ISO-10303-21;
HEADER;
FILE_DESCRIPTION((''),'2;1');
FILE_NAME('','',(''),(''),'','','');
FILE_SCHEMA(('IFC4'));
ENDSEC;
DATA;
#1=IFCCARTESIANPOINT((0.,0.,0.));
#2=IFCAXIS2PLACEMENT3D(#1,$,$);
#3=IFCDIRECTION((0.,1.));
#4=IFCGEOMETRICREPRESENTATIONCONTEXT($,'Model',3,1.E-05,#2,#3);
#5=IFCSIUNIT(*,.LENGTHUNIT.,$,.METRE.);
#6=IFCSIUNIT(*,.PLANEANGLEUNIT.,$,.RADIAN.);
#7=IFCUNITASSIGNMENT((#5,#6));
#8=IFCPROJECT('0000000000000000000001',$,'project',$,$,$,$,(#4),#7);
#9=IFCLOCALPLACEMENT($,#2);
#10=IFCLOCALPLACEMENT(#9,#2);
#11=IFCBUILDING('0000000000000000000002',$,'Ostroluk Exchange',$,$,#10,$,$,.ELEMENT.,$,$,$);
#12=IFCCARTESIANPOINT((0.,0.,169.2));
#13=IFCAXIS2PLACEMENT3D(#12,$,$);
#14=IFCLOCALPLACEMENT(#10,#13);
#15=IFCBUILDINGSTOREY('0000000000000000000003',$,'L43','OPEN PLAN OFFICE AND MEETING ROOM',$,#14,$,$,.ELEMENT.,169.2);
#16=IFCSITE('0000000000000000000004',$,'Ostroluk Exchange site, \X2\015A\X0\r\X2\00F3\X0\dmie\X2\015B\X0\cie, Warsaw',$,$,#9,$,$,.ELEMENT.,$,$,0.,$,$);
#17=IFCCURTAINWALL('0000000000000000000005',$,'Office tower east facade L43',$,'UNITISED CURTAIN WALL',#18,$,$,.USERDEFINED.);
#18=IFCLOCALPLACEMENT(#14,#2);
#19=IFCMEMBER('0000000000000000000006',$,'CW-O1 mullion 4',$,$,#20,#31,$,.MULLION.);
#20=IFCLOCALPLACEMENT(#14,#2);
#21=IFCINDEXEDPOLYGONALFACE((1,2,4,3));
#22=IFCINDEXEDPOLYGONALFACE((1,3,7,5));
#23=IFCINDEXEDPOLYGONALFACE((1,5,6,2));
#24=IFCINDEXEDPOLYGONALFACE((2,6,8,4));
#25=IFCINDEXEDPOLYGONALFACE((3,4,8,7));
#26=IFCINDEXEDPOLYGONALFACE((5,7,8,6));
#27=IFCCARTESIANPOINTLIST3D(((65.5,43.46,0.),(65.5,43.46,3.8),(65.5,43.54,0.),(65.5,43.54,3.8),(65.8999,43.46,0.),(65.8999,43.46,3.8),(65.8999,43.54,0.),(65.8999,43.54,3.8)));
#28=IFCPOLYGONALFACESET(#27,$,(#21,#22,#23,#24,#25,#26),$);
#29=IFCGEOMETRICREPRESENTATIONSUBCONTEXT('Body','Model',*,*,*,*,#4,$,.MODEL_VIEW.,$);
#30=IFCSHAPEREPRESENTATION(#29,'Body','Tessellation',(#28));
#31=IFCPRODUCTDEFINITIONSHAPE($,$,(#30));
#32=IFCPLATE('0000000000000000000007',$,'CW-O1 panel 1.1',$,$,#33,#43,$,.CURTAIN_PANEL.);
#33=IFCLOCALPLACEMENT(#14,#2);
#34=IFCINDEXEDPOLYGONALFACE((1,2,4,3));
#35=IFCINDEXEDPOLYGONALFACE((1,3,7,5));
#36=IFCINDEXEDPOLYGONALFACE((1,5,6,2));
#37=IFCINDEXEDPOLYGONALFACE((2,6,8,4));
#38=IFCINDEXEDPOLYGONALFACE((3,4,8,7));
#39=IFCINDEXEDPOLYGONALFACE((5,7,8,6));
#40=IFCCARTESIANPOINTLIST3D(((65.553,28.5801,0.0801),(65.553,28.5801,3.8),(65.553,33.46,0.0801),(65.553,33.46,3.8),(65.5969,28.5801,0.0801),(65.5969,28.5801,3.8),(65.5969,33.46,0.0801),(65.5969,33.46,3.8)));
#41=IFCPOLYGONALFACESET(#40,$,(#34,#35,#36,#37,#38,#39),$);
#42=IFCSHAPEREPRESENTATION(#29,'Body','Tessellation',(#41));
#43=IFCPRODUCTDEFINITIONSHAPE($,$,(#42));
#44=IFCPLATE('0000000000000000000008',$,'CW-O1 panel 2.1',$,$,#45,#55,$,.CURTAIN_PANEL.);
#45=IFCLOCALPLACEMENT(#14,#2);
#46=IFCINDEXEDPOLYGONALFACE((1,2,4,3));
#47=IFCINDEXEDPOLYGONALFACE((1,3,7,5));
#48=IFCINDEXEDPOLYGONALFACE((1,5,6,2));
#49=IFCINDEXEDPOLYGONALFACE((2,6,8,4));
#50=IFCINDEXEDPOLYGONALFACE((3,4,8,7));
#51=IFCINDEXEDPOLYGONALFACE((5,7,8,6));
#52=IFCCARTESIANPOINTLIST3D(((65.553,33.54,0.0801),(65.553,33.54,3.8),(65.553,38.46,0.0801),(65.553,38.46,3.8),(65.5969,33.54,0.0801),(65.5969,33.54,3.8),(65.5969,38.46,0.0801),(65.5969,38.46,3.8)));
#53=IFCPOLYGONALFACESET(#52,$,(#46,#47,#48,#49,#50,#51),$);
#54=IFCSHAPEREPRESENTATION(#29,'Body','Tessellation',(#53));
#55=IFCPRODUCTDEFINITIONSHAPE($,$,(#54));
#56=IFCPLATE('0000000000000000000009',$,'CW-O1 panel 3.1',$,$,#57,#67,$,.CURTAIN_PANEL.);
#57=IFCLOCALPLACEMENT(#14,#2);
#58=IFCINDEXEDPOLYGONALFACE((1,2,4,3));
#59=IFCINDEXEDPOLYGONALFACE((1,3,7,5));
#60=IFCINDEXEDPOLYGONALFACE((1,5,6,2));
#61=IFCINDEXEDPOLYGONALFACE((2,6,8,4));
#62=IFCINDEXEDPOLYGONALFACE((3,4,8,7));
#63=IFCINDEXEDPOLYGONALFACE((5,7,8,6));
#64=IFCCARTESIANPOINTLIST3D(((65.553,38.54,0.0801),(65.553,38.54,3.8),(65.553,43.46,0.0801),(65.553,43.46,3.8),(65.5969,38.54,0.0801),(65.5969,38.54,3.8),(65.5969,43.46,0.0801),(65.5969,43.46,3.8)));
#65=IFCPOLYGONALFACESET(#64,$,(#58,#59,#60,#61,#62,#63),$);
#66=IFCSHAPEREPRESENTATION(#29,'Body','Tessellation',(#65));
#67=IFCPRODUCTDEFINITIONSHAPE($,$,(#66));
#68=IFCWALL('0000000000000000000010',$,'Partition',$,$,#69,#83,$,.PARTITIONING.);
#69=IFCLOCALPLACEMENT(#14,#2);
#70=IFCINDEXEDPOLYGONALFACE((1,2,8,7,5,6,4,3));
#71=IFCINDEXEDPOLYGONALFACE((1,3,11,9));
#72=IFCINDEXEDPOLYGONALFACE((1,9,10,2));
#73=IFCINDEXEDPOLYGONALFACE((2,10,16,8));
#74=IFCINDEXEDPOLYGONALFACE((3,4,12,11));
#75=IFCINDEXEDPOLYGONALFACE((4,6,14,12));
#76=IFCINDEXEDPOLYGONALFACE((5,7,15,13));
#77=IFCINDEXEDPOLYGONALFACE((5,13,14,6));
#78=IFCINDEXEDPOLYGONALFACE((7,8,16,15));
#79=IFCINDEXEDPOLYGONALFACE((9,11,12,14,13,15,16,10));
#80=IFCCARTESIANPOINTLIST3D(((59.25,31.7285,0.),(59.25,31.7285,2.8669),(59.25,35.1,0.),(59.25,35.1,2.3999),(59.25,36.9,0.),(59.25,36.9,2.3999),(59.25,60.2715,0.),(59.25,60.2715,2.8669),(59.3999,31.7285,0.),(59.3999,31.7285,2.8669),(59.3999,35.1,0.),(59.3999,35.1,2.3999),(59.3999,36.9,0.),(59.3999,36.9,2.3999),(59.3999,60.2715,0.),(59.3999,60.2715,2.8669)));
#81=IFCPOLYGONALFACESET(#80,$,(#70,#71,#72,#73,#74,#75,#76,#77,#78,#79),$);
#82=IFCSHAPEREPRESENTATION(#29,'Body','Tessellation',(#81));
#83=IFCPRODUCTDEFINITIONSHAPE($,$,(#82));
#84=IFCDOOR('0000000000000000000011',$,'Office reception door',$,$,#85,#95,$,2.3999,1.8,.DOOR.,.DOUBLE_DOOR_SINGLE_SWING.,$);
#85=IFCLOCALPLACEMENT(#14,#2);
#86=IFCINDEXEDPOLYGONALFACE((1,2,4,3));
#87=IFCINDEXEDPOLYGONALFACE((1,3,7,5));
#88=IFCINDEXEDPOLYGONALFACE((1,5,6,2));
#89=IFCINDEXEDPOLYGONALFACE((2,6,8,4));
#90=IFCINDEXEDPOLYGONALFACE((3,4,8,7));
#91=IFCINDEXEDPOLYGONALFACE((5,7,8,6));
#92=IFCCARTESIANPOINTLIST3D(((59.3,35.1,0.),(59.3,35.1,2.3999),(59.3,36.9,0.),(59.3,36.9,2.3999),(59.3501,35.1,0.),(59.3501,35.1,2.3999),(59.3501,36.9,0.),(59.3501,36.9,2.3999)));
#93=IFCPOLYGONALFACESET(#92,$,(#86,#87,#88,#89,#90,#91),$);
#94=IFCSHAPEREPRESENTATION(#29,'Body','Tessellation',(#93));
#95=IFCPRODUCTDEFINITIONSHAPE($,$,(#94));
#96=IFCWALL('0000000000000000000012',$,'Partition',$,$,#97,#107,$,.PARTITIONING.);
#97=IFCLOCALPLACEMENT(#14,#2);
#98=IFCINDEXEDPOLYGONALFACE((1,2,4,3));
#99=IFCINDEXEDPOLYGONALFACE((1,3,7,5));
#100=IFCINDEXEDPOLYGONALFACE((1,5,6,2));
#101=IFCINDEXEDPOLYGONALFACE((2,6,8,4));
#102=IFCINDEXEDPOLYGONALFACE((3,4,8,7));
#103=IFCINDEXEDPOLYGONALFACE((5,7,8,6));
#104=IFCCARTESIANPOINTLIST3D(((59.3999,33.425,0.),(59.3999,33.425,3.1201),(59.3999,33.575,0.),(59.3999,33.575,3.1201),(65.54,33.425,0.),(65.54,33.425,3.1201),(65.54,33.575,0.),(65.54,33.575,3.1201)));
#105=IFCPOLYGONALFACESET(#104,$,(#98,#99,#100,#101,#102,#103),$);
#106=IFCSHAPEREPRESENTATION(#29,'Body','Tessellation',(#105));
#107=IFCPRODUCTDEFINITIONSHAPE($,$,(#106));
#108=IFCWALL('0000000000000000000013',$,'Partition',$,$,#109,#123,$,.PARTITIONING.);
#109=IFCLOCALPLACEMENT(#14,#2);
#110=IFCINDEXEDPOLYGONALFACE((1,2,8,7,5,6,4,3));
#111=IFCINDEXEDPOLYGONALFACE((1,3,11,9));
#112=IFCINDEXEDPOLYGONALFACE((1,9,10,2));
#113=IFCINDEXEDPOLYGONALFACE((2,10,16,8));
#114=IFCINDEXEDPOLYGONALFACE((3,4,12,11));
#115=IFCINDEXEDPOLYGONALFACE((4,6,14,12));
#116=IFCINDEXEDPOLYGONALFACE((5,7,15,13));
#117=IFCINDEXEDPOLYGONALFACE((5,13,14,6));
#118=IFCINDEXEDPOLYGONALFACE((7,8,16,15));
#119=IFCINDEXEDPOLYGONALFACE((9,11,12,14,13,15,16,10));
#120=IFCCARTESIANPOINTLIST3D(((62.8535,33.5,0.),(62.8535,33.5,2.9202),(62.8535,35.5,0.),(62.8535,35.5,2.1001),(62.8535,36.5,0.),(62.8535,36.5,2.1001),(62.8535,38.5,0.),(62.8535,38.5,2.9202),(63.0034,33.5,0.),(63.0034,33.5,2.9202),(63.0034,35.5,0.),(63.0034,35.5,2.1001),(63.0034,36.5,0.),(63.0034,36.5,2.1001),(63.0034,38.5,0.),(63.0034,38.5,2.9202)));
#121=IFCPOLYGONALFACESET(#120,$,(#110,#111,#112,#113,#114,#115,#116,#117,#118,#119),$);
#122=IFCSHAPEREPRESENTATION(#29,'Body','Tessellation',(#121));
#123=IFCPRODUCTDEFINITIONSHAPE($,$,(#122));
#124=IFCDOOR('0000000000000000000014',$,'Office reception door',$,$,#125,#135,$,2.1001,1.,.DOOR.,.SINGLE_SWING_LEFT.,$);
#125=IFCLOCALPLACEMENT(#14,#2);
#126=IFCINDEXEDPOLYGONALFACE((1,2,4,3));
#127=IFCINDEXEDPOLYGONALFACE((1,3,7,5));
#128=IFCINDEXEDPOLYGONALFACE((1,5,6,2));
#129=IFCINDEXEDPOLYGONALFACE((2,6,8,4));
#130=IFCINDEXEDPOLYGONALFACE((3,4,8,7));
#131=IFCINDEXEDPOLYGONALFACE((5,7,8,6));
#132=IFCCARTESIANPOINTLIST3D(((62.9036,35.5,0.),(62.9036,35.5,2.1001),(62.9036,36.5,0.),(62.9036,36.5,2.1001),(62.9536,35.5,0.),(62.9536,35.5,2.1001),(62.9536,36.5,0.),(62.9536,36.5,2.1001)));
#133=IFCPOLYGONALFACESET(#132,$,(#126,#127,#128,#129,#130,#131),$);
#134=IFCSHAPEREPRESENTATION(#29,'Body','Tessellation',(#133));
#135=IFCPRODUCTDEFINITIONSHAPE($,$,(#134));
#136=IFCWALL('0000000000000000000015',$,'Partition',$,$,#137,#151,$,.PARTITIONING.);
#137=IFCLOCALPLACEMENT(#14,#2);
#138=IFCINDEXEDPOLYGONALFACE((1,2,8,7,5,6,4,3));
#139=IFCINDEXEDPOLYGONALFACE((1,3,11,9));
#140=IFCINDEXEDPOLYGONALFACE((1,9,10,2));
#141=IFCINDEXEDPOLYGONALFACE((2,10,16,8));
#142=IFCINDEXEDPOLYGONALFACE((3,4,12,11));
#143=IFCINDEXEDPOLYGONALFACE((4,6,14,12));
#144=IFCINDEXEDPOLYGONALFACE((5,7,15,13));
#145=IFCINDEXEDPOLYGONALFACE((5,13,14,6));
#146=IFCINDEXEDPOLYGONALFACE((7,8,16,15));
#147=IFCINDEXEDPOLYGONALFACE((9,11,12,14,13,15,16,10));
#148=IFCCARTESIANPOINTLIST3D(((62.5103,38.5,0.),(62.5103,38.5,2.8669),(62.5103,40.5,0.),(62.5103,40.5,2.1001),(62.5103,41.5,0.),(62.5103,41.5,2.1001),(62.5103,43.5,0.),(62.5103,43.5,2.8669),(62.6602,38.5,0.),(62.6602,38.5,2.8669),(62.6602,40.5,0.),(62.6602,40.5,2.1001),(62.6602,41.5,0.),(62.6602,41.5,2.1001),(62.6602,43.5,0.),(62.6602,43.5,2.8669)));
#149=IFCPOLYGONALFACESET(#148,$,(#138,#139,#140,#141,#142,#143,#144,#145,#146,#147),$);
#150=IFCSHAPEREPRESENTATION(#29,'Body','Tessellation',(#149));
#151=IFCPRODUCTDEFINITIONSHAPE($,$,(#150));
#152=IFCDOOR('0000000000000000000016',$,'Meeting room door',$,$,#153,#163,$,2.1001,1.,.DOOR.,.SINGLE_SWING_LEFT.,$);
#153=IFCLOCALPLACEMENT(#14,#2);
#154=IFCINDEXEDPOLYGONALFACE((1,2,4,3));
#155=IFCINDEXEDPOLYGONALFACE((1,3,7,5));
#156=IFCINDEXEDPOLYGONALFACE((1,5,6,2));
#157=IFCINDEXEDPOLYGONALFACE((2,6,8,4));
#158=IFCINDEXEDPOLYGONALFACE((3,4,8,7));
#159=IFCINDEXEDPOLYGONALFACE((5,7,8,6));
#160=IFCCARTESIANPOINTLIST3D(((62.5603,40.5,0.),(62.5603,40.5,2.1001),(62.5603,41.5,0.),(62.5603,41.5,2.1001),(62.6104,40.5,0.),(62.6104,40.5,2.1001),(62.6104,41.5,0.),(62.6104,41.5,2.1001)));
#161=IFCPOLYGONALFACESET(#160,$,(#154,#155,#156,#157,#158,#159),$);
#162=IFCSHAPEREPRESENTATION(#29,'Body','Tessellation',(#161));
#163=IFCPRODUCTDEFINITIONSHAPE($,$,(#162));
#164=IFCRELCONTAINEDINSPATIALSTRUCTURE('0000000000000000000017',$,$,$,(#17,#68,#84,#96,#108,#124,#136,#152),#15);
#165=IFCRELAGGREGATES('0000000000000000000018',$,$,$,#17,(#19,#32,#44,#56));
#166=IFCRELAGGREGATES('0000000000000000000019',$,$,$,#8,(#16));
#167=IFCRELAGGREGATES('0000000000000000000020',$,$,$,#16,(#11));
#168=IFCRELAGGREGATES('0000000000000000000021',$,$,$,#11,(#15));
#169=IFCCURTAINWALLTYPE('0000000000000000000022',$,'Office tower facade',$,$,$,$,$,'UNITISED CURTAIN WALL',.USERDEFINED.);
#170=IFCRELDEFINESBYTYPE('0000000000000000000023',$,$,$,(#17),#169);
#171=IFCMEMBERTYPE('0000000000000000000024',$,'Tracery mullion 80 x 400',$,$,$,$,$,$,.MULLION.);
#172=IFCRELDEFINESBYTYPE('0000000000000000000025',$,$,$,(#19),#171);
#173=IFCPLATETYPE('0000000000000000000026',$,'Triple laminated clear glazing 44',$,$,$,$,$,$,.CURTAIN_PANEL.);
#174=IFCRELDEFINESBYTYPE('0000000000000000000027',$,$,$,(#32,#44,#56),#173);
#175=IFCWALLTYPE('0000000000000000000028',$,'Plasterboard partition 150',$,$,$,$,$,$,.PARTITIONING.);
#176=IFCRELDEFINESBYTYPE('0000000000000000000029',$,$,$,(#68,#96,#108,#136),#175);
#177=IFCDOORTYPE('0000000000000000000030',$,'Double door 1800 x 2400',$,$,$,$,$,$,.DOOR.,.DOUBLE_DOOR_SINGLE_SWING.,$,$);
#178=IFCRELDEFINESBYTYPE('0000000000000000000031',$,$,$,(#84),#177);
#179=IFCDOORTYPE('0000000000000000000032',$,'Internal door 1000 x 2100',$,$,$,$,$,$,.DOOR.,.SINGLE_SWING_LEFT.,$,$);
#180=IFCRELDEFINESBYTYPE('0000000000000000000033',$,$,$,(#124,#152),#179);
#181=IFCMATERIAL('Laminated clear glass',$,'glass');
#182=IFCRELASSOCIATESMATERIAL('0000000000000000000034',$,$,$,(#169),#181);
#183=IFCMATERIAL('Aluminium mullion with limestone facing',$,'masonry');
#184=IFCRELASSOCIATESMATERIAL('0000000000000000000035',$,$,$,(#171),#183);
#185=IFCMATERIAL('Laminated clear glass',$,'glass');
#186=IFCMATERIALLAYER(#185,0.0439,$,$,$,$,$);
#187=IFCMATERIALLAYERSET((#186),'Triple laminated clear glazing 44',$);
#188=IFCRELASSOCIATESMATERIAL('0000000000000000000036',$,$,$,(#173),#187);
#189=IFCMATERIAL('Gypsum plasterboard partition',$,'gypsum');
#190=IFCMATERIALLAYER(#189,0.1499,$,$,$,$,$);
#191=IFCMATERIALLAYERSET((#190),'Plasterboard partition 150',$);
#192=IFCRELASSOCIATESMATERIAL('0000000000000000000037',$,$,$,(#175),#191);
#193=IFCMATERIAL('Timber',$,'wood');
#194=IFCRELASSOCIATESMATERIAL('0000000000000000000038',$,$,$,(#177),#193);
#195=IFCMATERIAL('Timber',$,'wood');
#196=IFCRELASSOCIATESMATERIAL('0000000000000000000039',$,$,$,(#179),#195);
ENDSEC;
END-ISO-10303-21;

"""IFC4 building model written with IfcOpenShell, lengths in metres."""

from ifc_helpers import new_model, si_unit, direction, frame, frame_2d, origin, origin_2d, place, context, subcontext, project, spatial, rectangle, extrude, material, layer, layer_set, material_profile, profile_set, type_object, element, fill, aggregate, save


model = new_model("IFC4")

# Units and contexts
model_context = context("Model", 3, precision=1e-05, world=origin(), true_north=direction((0.0, 1.0)))
body_context = subcontext(model_context, "Body", "Model", "MODEL_VIEW")
ifc_project = project(units=[si_unit("LENGTHUNIT", "METRE"), si_unit("PLANEANGLEUNIT", "RADIAN")], contexts=[model_context])

# Site, building, storey
site_placement = place(None, origin())
site = spatial("IfcSite", under=ifc_project, at=site_placement, Name="Ostroluk Exchange site, Śródmieście, Warsaw", CompositionType="ELEMENT", RefElevation=0.0)
building_placement = place(site_placement, origin())
building = spatial("IfcBuilding", under=site, at=building_placement, Name="Ostroluk Exchange", CompositionType="ELEMENT")
storey_placement = place(building_placement, frame((0.0, 0.0, 169.2)))
storey = spatial("IfcBuildingStorey", under=building, at=storey_placement, Name="L43", Description="OPEN PLAN OFFICE AND MEETING ROOM", CompositionType="ELEMENT", Elevation=169.2)

# Curtain wall, member, plates
ifc_material_1 = material(Name="Laminated clear glass", Category="glass")
curtain_wall_type = type_object("IfcCurtainWallType", Name="Office tower facade", ElementType="UNITISED CURTAIN WALL", PredefinedType="USERDEFINED", material=ifc_material_1)
curtain_wall_placement = place(storey_placement, origin())
curtain_wall = element("IfcCurtainWall", 1, at=curtain_wall_placement, inside=storey, type_object=curtain_wall_type, Name="Office tower east facade L43", ObjectType="UNITISED CURTAIN WALL", PredefinedType="USERDEFINED")
ifc_material_2 = material(Name="Aluminium mullion with limestone facing", Category="masonry")
ifc_material_profile_1 = material_profile(ifc_material_2, rectangle(XDim=0.3999, YDim=0.0801, at=origin_2d()), Name="Tracery mullion 80 x 400")
ifc_profile_set_1 = profile_set([ifc_material_profile_1], Name="Aluminium mullion with limestone facing")
member_type_1 = type_object("IfcMemberType", Name="Tracery mullion 80 x 400", PredefinedType="MULLION", material=ifc_profile_set_1)
member_1_placement = place(storey_placement, frame((65.7, 43.5, 0.0), z_axis=(0.0, 0.0, 1.0), x_axis=(-1.0, 0.0, 0.0)))
member_1 = element("IfcMember", 2, at=member_1_placement, type_object=member_type_1, Name="CW-O1 mullion 4", PredefinedType="MULLION", context=body_context, shape_type="SweptSolid", body=[
    extrude(rectangle(XDim=0.3999, YDim=0.0801, at=origin_2d()), origin(), (0.0, 0.0, 1.0), 3.8),
])
ifc_material_3 = material(Name="Laminated clear glass", Category="glass")
ifc_layer_1 = layer(ifc_material_3, 0.0439)
ifc_layer_set_1 = layer_set([ifc_layer_1], Name="Triple laminated clear glazing 44")
plate_type = type_object("IfcPlateType", Name="Triple laminated clear glazing 44", PredefinedType="CURTAIN_PANEL", material=ifc_layer_set_1)
plate_1_placement = place(storey_placement, frame((65.575, 31.02, 0.0801), z_axis=(0.0, 0.0, 1.0), x_axis=(0.0, 1.0, 0.0)))
plate_1 = element("IfcPlate", 3, at=plate_1_placement, type_object=plate_type, Name="CW-O1 panel 1.1", PredefinedType="CURTAIN_PANEL", context=body_context, shape_type="SweptSolid", body=[
    extrude(rectangle(XDim=4.8799, YDim=0.0439, at=origin_2d()), origin(), (0.0, 0.0, 1.0), 3.72),
])
plate_2_placement = place(storey_placement, frame((65.575, 36.0, 0.0801), z_axis=(0.0, 0.0, 1.0), x_axis=(0.0, 1.0, 0.0)))
plate_2 = element("IfcPlate", 4, at=plate_2_placement, type_object=plate_type, Name="CW-O1 panel 2.1", PredefinedType="CURTAIN_PANEL", context=body_context, shape_type="SweptSolid", body=[
    extrude(rectangle(XDim=4.9199, YDim=0.0439, at=origin_2d()), origin(), (0.0, 0.0, 1.0), 3.72),
])
plate_3_placement = place(storey_placement, frame((65.575, 41.0, 0.0801), z_axis=(0.0, 0.0, 1.0), x_axis=(0.0, 1.0, 0.0)))
plate_3 = element("IfcPlate", 5, at=plate_3_placement, type_object=plate_type, Name="CW-O1 panel 3.1", PredefinedType="CURTAIN_PANEL", context=body_context, shape_type="SweptSolid", body=[
    extrude(rectangle(XDim=4.9199, YDim=0.0439, at=origin_2d()), origin(), (0.0, 0.0, 1.0), 3.72),
])
aggregate(curtain_wall, [member_1, plate_1, plate_2, plate_3])

# Wall, opening, door
ifc_material_4 = material(Name="Gypsum plasterboard partition", Category="gypsum")
ifc_layer_2 = layer(ifc_material_4, 0.1499)
ifc_layer_set_2 = layer_set([ifc_layer_2], Name="Plasterboard partition 150")
wall_type = type_object("IfcWallType", Name="Plasterboard partition 150", PredefinedType="PARTITIONING", material=ifc_layer_set_2)
wall_1_placement = place(storey_placement, frame((59.325, 31.7285, 0.0), z_axis=(0.0, 0.0, 1.0), x_axis=(0.0, 1.0, 0.0)))
wall_1 = element("IfcWall", 6, at=wall_1_placement, inside=storey, type_object=wall_type, Name="Partition", PredefinedType="PARTITIONING", context=body_context, shape_type="SweptSolid", body=[
    extrude(rectangle(XDim=28.543, YDim=0.1499, at=frame_2d((14.2715, 0.0))), origin(), (0.0, 0.0, 1.0), 2.8669),
])
opening_1_placement = place(wall_1_placement, frame((3.3716, 0.0, 0.0)))
opening_1 = element("IfcOpeningElement", 7, at=opening_1_placement, cuts=wall_1, PredefinedType="OPENING", context=body_context, shape_type="SweptSolid", body=[
    extrude(rectangle(XDim=1.8, YDim=2.3999, at=frame_2d((0.8999, 1.2))), frame((0.0, 0.085, 0.0), z_axis=(0.0, -1.0, 0.0), x_axis=(1.0, 0.0, 0.0)), (0.0, 0.0, 1.0), 0.1699),
])
ifc_material_5 = material(Name="Timber", Category="wood")
door_type_1 = type_object("IfcDoorType", Name="Double door 1800 x 2400", OperationType="DOUBLE_DOOR_SINGLE_SWING", PredefinedType="DOOR", material=ifc_material_5)
door_1_placement = place(opening_1_placement, origin())
door_1 = element("IfcDoor", 8, at=door_1_placement, inside=storey, type_object=door_type_1, Name="Office reception door", OperationType="DOUBLE_DOOR_SINGLE_SWING", OverallHeight=2.3999, OverallWidth=1.8, PredefinedType="DOOR", context=body_context, shape_type="SweptSolid", body=[
    extrude(rectangle(XDim=1.8, YDim=2.3999, at=frame_2d((0.8999, 1.2))), frame((0.0, 0.0249, 0.0), z_axis=(0.0, -1.0, 0.0), x_axis=(1.0, 0.0, 0.0)), (0.0, 0.0, 1.0), 0.05),
])
fill(opening_1, door_1)

# Wall
wall_2_placement = place(storey_placement, frame((59.3999, 33.5, 0.0), z_axis=(0.0, 0.0, 1.0), x_axis=(1.0, 0.0, 0.0)))
element("IfcWall", 9, at=wall_2_placement, inside=storey, type_object=wall_type, Name="Partition", PredefinedType="PARTITIONING", context=body_context, shape_type="SweptSolid", body=[
    extrude(rectangle(XDim=6.1401, YDim=0.1499, at=frame_2d((3.0701, 0.0))), origin(), (0.0, 0.0, 1.0), 3.1201),
])

# Walls, openings, doors
wall_3_placement = place(storey_placement, frame((62.9285, 33.5, 0.0), z_axis=(0.0, 0.0, 1.0), x_axis=(0.0, 1.0, 0.0)))
wall_3 = element("IfcWall", 10, at=wall_3_placement, inside=storey, type_object=wall_type, Name="Partition", PredefinedType="PARTITIONING", context=body_context, shape_type="SweptSolid", body=[
    extrude(rectangle(XDim=5.0, YDim=0.1499, at=frame_2d((2.5, 0.0))), origin(), (0.0, 0.0, 1.0), 2.9202),
])
opening_2_placement = place(wall_3_placement, frame((2.0, 0.0, 0.0)))
opening_2 = element("IfcOpeningElement", 11, at=opening_2_placement, cuts=wall_3, PredefinedType="OPENING", context=body_context, shape_type="SweptSolid", body=[
    extrude(rectangle(XDim=1.0, YDim=2.1001, at=frame_2d((0.5, 1.05))), frame((0.0, 0.085, 0.0), z_axis=(0.0, -1.0, 0.0), x_axis=(1.0, 0.0, 0.0)), (0.0, 0.0, 1.0), 0.1699),
])
ifc_material_6 = material(Name="Timber", Category="wood")
door_type_2 = type_object("IfcDoorType", Name="Internal door 1000 x 2100", OperationType="SINGLE_SWING_LEFT", PredefinedType="DOOR", material=ifc_material_6)
door_2_placement = place(opening_2_placement, origin())
door_2 = element("IfcDoor", 12, at=door_2_placement, inside=storey, type_object=door_type_2, Name="Office reception door", OperationType="SINGLE_SWING_LEFT", OverallHeight=2.1001, OverallWidth=1.0, PredefinedType="DOOR", context=body_context, shape_type="SweptSolid", body=[
    extrude(rectangle(XDim=1.0, YDim=2.1001, at=frame_2d((0.5, 1.05))), frame((0.0, 0.0249, 0.0), z_axis=(0.0, -1.0, 0.0), x_axis=(1.0, 0.0, 0.0)), (0.0, 0.0, 1.0), 0.05),
])
fill(opening_2, door_2)
wall_4_placement = place(storey_placement, frame((62.5852, 38.5, 0.0), z_axis=(0.0, 0.0, 1.0), x_axis=(0.0, 1.0, 0.0)))
wall_4 = element("IfcWall", 13, at=wall_4_placement, inside=storey, type_object=wall_type, Name="Partition", PredefinedType="PARTITIONING", context=body_context, shape_type="SweptSolid", body=[
    extrude(rectangle(XDim=5.0, YDim=0.1499, at=frame_2d((2.5, 0.0))), origin(), (0.0, 0.0, 1.0), 2.8669),
])
opening_3_placement = place(wall_4_placement, frame((2.0, 0.0, 0.0)))
opening_3 = element("IfcOpeningElement", 14, at=opening_3_placement, cuts=wall_4, PredefinedType="OPENING", context=body_context, shape_type="SweptSolid", body=[
    extrude(rectangle(XDim=1.0, YDim=2.1001, at=frame_2d((0.5, 1.05))), frame((0.0, 0.085, 0.0), z_axis=(0.0, -1.0, 0.0), x_axis=(1.0, 0.0, 0.0)), (0.0, 0.0, 1.0), 0.1699),
])
door_3_placement = place(opening_3_placement, origin())
door_3 = element("IfcDoor", 15, at=door_3_placement, inside=storey, type_object=door_type_2, Name="Meeting room door", OperationType="SINGLE_SWING_LEFT", OverallHeight=2.1001, OverallWidth=1.0, PredefinedType="DOOR", context=body_context, shape_type="SweptSolid", body=[
    extrude(rectangle(XDim=1.0, YDim=2.1001, at=frame_2d((0.5, 1.05))), frame((0.0, 0.0249, 0.0), z_axis=(0.0, -1.0, 0.0), x_axis=(1.0, 0.0, 0.0)), (0.0, 0.0, 1.0), 0.05),
])
fill(opening_3, door_3)

save(model, "model.ifc")
